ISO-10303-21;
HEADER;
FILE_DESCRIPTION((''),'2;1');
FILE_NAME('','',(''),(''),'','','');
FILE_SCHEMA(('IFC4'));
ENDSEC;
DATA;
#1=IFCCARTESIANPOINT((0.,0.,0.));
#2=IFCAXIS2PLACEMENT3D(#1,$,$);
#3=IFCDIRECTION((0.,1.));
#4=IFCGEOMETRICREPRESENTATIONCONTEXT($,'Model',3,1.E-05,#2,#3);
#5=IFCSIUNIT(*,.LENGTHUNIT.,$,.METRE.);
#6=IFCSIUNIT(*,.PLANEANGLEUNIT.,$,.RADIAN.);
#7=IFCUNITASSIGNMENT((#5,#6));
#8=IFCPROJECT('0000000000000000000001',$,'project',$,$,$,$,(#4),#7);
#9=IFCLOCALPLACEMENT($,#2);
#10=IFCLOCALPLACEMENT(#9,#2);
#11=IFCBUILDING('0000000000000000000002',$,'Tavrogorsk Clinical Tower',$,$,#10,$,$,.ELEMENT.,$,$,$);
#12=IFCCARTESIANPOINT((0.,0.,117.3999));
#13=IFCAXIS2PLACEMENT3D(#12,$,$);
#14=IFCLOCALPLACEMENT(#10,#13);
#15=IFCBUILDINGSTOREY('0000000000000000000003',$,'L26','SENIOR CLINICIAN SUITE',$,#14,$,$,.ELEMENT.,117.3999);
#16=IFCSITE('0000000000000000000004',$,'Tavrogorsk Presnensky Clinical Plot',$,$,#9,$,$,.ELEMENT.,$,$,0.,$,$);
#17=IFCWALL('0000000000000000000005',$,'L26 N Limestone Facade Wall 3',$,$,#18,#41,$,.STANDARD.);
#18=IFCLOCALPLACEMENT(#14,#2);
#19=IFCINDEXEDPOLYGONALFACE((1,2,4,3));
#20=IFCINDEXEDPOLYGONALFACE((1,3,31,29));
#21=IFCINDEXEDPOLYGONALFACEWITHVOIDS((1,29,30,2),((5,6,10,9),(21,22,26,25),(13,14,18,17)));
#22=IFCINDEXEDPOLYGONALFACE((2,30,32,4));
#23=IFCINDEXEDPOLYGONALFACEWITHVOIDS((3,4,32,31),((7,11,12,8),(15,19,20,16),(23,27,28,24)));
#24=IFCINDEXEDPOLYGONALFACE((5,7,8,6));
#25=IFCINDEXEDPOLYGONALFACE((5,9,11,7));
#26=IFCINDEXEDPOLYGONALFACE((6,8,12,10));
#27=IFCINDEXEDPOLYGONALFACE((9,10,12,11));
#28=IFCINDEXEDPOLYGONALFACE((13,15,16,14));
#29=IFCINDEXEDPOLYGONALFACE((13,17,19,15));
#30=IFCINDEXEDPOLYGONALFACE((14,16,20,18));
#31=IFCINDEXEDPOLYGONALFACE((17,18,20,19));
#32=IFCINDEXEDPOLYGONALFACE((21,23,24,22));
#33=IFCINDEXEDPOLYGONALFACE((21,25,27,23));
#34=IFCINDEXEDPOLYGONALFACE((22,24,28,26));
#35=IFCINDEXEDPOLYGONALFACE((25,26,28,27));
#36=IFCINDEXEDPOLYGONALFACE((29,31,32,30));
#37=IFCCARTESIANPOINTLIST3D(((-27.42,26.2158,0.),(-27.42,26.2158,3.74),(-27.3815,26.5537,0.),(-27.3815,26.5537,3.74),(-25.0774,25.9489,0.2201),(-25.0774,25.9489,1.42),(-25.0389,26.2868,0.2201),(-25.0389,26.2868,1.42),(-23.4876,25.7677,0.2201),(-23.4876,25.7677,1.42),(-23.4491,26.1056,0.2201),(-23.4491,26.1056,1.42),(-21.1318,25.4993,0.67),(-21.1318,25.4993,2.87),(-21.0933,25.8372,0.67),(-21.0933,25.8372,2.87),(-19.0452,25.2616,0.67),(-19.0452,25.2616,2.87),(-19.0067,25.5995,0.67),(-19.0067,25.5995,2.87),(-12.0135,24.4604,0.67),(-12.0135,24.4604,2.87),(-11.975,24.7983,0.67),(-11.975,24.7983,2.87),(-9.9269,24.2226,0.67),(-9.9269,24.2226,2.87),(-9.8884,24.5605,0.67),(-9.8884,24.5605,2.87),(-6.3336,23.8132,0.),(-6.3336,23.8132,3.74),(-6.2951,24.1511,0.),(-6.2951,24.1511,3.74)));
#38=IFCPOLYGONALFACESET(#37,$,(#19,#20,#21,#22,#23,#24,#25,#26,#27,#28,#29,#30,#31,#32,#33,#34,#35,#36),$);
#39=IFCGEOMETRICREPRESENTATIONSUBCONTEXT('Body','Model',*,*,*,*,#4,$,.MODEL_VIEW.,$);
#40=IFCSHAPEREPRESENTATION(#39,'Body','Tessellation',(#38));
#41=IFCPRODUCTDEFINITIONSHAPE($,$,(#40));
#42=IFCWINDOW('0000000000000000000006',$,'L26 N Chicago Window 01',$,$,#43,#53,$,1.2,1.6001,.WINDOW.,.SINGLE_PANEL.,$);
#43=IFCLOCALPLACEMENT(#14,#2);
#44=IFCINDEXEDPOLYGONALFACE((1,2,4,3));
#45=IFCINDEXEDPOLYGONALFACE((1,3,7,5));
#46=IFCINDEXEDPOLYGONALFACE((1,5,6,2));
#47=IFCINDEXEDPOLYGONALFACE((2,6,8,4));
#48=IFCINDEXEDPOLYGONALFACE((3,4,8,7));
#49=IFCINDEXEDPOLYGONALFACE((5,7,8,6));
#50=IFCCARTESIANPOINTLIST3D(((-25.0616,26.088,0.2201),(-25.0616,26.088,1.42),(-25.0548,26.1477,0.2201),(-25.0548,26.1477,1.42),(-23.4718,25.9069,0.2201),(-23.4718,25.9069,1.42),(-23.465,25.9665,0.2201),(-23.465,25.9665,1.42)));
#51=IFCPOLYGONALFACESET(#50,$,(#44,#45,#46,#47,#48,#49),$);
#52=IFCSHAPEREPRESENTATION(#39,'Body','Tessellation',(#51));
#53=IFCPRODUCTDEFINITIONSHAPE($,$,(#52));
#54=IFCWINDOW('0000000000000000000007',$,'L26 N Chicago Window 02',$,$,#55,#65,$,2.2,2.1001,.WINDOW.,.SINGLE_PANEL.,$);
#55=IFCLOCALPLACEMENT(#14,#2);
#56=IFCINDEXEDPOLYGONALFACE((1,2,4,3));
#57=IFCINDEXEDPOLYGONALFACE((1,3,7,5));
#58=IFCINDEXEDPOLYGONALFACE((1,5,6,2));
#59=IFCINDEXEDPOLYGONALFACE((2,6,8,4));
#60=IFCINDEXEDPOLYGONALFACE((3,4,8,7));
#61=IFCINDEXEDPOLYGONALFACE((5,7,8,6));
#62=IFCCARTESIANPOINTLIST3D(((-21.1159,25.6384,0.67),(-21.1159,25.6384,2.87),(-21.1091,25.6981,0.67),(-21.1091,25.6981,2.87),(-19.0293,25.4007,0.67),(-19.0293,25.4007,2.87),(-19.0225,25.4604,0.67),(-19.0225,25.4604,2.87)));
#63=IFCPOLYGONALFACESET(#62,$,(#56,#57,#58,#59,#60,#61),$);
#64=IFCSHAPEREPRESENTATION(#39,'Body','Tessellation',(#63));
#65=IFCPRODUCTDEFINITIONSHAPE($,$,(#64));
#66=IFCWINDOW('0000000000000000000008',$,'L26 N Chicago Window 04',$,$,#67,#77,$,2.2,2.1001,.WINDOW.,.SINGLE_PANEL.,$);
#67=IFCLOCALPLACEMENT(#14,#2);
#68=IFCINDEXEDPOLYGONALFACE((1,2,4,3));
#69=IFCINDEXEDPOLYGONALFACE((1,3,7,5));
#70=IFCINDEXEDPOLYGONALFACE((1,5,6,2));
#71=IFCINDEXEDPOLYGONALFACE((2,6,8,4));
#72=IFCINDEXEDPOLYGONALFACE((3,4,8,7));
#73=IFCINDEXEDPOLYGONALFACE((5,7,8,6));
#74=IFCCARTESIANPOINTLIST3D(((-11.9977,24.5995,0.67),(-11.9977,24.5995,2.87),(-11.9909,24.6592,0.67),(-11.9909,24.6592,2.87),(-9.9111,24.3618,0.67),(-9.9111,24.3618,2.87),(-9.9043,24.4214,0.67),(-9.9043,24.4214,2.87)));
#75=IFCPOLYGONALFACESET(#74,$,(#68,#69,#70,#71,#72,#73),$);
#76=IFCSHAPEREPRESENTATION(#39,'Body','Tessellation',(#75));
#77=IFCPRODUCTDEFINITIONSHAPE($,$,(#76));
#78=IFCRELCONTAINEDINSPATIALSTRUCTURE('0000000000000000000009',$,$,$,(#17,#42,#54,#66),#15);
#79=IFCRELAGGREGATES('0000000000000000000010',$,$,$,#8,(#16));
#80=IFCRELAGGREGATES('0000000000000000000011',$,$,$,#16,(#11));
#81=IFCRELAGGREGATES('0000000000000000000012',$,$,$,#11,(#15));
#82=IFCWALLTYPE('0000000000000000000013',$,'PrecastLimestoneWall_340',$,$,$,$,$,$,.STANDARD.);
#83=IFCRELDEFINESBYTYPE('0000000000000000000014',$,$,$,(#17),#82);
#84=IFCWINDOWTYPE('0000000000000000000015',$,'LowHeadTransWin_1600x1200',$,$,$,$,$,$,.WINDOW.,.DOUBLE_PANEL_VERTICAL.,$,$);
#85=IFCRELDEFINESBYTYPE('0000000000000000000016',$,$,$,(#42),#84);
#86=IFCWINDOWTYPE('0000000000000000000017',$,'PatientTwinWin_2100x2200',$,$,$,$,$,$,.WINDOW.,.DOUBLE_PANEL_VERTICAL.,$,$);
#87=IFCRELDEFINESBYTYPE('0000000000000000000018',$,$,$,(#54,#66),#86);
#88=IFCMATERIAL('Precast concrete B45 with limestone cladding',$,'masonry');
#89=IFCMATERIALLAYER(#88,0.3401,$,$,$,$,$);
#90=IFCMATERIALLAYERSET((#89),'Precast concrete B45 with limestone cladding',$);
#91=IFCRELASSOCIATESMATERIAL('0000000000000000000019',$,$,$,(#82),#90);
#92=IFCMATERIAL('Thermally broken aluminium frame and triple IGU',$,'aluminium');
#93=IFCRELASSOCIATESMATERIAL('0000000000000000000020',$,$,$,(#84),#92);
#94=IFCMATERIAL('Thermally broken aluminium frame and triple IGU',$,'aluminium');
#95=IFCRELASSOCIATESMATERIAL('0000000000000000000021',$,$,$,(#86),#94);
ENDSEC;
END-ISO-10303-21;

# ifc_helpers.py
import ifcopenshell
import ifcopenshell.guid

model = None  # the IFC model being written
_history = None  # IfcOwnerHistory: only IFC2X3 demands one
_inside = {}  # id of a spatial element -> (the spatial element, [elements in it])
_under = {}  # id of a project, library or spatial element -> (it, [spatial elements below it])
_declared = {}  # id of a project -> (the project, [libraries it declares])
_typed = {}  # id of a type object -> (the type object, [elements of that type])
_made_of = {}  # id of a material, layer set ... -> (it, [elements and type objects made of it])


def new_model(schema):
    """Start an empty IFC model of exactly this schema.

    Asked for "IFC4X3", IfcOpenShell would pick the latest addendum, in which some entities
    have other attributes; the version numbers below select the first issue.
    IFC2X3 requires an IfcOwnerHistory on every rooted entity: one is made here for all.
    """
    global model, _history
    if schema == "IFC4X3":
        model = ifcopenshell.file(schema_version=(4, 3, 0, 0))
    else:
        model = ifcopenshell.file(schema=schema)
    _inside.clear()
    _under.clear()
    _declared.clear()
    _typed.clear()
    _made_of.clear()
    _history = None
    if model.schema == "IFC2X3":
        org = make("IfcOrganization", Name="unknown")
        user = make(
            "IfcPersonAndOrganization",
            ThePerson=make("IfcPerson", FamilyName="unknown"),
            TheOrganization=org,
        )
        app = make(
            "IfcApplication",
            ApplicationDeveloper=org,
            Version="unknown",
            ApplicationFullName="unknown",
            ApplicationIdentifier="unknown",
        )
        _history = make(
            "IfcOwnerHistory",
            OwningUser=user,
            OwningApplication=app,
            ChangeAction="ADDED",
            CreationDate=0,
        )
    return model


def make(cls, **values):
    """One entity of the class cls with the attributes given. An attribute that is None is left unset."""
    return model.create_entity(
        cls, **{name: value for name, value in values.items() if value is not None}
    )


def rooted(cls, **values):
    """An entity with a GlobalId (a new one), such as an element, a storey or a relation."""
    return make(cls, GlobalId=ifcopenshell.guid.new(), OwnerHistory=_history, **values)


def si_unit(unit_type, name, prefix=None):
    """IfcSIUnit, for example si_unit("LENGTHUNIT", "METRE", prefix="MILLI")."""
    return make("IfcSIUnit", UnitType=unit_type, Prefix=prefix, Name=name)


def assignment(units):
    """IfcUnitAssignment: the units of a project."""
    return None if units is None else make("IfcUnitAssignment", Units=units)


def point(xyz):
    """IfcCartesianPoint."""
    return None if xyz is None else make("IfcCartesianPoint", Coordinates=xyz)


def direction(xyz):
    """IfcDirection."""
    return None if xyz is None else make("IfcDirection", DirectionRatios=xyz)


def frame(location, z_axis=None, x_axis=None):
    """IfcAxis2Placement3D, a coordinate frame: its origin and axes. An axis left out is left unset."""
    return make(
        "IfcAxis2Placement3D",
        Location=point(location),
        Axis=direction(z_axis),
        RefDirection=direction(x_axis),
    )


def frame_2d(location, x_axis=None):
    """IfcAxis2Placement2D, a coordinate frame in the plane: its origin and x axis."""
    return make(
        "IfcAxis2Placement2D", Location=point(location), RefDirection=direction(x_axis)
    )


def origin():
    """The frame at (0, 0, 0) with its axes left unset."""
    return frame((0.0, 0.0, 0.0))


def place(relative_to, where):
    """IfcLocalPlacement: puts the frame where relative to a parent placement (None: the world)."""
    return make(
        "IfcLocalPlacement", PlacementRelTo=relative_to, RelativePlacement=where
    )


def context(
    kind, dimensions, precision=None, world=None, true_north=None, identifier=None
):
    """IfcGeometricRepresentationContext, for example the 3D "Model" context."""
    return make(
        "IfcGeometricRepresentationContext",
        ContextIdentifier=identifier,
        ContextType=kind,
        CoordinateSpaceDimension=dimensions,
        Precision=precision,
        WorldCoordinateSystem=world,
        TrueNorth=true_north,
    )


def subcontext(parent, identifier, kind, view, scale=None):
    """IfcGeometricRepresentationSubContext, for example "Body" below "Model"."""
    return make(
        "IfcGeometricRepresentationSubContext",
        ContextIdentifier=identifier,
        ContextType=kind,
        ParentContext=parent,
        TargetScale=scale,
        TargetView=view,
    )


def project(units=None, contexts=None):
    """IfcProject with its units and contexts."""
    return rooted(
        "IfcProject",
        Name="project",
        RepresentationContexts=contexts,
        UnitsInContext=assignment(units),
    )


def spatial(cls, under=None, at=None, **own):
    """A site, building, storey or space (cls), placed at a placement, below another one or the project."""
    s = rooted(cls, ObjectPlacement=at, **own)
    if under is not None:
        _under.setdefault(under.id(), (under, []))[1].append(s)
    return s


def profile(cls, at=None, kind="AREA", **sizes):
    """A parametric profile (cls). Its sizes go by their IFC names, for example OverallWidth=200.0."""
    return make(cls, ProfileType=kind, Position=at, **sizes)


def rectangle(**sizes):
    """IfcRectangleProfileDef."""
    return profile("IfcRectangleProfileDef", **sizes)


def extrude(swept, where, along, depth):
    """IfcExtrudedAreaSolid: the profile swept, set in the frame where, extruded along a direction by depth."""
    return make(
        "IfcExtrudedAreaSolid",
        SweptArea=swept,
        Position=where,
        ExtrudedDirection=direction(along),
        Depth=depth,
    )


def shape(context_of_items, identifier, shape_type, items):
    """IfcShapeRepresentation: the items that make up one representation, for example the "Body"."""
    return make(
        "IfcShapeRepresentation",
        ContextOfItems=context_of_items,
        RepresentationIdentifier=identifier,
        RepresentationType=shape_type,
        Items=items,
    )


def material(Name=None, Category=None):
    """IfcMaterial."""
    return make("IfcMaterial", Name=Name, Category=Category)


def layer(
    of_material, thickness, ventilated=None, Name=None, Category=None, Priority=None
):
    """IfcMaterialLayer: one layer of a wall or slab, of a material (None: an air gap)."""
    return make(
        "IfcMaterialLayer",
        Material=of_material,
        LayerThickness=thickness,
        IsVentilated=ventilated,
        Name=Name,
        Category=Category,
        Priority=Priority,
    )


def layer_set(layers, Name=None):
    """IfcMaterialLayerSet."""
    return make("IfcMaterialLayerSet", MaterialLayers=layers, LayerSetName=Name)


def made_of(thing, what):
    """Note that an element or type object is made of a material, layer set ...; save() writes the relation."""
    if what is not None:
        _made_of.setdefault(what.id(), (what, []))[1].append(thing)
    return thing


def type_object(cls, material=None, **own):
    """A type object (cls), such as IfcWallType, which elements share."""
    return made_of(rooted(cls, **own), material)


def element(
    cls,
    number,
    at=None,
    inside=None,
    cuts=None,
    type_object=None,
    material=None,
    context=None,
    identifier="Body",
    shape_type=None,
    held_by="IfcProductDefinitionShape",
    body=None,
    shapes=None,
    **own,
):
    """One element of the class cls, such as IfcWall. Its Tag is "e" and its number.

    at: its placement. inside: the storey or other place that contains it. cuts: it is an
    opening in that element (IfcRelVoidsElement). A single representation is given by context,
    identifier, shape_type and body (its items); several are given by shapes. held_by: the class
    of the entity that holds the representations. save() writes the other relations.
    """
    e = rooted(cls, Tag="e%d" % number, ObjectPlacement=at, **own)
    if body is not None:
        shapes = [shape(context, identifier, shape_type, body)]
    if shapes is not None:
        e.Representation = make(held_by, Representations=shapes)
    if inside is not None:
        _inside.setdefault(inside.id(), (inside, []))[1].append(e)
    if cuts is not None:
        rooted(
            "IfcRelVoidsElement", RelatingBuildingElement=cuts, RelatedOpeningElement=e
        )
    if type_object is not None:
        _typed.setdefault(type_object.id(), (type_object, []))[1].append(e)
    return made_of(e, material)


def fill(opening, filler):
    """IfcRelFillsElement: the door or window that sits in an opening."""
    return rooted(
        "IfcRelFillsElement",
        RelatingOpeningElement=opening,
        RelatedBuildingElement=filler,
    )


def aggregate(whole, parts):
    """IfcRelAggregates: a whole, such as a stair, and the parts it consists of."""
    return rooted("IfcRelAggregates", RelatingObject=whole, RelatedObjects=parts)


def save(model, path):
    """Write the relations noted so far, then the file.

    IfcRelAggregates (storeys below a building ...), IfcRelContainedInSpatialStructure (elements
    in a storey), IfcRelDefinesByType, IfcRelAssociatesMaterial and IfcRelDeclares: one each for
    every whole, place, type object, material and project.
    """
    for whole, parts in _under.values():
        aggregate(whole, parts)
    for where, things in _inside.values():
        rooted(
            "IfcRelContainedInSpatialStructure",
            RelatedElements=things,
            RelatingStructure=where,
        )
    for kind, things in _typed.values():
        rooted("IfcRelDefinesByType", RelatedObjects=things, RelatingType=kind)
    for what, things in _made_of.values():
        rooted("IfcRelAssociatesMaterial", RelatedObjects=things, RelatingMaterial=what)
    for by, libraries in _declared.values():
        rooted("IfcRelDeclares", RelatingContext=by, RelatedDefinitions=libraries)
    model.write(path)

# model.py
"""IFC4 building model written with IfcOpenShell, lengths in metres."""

from ifc_helpers import new_model, si_unit, direction, frame, frame_2d, origin, place, context, subcontext, project, spatial, rectangle, extrude, material, layer, layer_set, type_object, element, fill, save


model = new_model("IFC4")

# Units and contexts
model_context = context("Model", 3, precision=1e-05, world=origin(), true_north=direction((0.0, 1.0)))
body_context = subcontext(model_context, "Body", "Model", "MODEL_VIEW")
ifc_project = project(units=[si_unit("LENGTHUNIT", "METRE"), si_unit("PLANEANGLEUNIT", "RADIAN")], contexts=[model_context])

# Site, building, storey
site_placement = place(None, origin())
site = spatial("IfcSite", under=ifc_project, at=site_placement, Name="Tavrogorsk Presnensky Clinical Plot", CompositionType="ELEMENT", RefElevation=0.0)
building_placement = place(site_placement, origin())
building = spatial("IfcBuilding", under=site, at=building_placement, Name="Tavrogorsk Clinical Tower", CompositionType="ELEMENT")
storey_placement = place(building_placement, frame((0.0, 0.0, 117.3999)))
storey = spatial("IfcBuildingStorey", under=building, at=storey_placement, Name="L26", Description="SENIOR CLINICIAN SUITE", CompositionType="ELEMENT", Elevation=117.3999)

# Wall, openings, windows
ifc_material_1 = material(Name="Precast concrete B45 with limestone cladding", Category="masonry")
ifc_layer_1 = layer(ifc_material_1, 0.3401)
ifc_layer_set_1 = layer_set([ifc_layer_1], Name="Precast concrete B45 with limestone cladding")
wall_type_1 = type_object("IfcWallType", Name="PrecastLimestoneWall_340", PredefinedType="STANDARD", material=ifc_layer_set_1)
wall_1_placement = place(storey_placement, frame((-6.3145, 23.9822, 0.0), z_axis=(0.0, 0.0, 1.0), x_axis=(-0.993571, 0.113208, 0.0)))
wall_1 = element("IfcWall", 1, at=wall_1_placement, inside=storey, type_object=wall_type_1, Name="L26 N Limestone Facade Wall 3", PredefinedType="STANDARD", context=body_context, shape_type="SweptSolid", body=[
    extrude(rectangle(XDim=21.2229, YDim=0.3401, at=frame_2d((10.6113, 0.0))), origin(), (0.0, 0.0, 1.0), 3.74),
])
opening_1_placement = place(wall_1_placement, frame((17.2649, 0.0, 0.22)))
opening_1 = element("IfcOpeningElement", 2, at=opening_1_placement, cuts=wall_1, PredefinedType="OPENING", context=body_context, shape_type="SweptSolid", body=[
    extrude(rectangle(XDim=1.6001, YDim=1.2, at=frame_2d((0.8, 0.6001))), frame((0.0, 0.1799, 0.0), z_axis=(0.0, -1.0, 0.0), x_axis=(1.0, 0.0, 0.0)), (0.0, 0.0, 1.0), 0.3601),
])
opening_2_placement = place(wall_1_placement, frame((12.7937, 0.0, 0.6699)))
opening_2 = element("IfcOpeningElement", 3, at=opening_2_placement, cuts=wall_1, PredefinedType="OPENING", context=body_context, shape_type="SweptSolid", body=[
    extrude(rectangle(XDim=2.1001, YDim=2.2, at=frame_2d((1.05, 1.1001))), frame((0.0, 0.1799, 0.0), z_axis=(0.0, -1.0, 0.0), x_axis=(1.0, 0.0, 0.0)), (0.0, 0.0, 1.0), 0.3601),
])
opening_3_placement = place(wall_1_placement, frame((3.6165, 0.0, 0.6699)))
opening_3 = element("IfcOpeningElement", 4, at=opening_3_placement, cuts=wall_1, PredefinedType="OPENING", context=body_context, shape_type="SweptSolid", body=[
    extrude(rectangle(XDim=2.1001, YDim=2.2, at=frame_2d((1.05, 1.1001))), frame((0.0, 0.1799, 0.0), z_axis=(0.0, -1.0, 0.0), x_axis=(1.0, 0.0, 0.0)), (0.0, 0.0, 1.0), 0.3601),
])
ifc_material_2 = material(Name="Thermally broken aluminium frame and triple IGU", Category="aluminium")
window_type_1 = type_object("IfcWindowType", Name="LowHeadTransWin_1600x1200", PartitioningType="DOUBLE_PANEL_VERTICAL", PredefinedType="WINDOW", material=ifc_material_2)
window_1_placement = place(opening_1_placement, origin())
window_1 = element("IfcWindow", 5, at=window_1_placement, inside=storey, type_object=window_type_1, Name="L26 N Chicago Window 01", OverallHeight=1.2, OverallWidth=1.6001, PartitioningType="SINGLE_PANEL", PredefinedType="WINDOW", context=body_context, shape_type="SweptSolid", body=[
    extrude(rectangle(XDim=1.6001, YDim=1.2, at=frame_2d((0.8, 0.6001))), frame((0.0, 0.03, 0.0), z_axis=(0.0, -1.0, 0.0), x_axis=(1.0, 0.0, 0.0)), (0.0, 0.0, 1.0), 0.0601),
])
fill(opening_1, window_1)
ifc_material_3 = material(Name="Thermally broken aluminium frame and triple IGU", Category="aluminium")
window_type_2 = type_object("IfcWindowType", Name="PatientTwinWin_2100x2200", PartitioningType="DOUBLE_PANEL_VERTICAL", PredefinedType="WINDOW", material=ifc_material_3)
window_2_placement = place(opening_2_placement, origin())
window_2 = element("IfcWindow", 6, at=window_2_placement, inside=storey, type_object=window_type_2, Name="L26 N Chicago Window 02", OverallHeight=2.2, OverallWidth=2.1001, PartitioningType="SINGLE_PANEL", PredefinedType="WINDOW", context=body_context, shape_type="SweptSolid", body=[
    extrude(rectangle(XDim=2.1001, YDim=2.2, at=frame_2d((1.05, 1.1001))), frame((0.0, 0.03, 0.0), z_axis=(0.0, -1.0, 0.0), x_axis=(1.0, 0.0, 0.0)), (0.0, 0.0, 1.0), 0.0601),
])
fill(opening_2, window_2)
window_3_placement = place(opening_3_placement, origin())
window_3 = element("IfcWindow", 7, at=window_3_placement, inside=storey, type_object=window_type_2, Name="L26 N Chicago Window 04", OverallHeight=2.2, OverallWidth=2.1001, PartitioningType="SINGLE_PANEL", PredefinedType="WINDOW", context=body_context, shape_type="SweptSolid", body=[
    extrude(rectangle(XDim=2.1001, YDim=2.2, at=frame_2d((1.05, 1.1001))), frame((0.0, 0.03, 0.0), z_axis=(0.0, -1.0, 0.0), x_axis=(1.0, 0.0, 0.0)), (0.0, 0.0, 1.0), 0.0601),
])
fill(opening_3, window_3)

save(model, "model.ifc")
